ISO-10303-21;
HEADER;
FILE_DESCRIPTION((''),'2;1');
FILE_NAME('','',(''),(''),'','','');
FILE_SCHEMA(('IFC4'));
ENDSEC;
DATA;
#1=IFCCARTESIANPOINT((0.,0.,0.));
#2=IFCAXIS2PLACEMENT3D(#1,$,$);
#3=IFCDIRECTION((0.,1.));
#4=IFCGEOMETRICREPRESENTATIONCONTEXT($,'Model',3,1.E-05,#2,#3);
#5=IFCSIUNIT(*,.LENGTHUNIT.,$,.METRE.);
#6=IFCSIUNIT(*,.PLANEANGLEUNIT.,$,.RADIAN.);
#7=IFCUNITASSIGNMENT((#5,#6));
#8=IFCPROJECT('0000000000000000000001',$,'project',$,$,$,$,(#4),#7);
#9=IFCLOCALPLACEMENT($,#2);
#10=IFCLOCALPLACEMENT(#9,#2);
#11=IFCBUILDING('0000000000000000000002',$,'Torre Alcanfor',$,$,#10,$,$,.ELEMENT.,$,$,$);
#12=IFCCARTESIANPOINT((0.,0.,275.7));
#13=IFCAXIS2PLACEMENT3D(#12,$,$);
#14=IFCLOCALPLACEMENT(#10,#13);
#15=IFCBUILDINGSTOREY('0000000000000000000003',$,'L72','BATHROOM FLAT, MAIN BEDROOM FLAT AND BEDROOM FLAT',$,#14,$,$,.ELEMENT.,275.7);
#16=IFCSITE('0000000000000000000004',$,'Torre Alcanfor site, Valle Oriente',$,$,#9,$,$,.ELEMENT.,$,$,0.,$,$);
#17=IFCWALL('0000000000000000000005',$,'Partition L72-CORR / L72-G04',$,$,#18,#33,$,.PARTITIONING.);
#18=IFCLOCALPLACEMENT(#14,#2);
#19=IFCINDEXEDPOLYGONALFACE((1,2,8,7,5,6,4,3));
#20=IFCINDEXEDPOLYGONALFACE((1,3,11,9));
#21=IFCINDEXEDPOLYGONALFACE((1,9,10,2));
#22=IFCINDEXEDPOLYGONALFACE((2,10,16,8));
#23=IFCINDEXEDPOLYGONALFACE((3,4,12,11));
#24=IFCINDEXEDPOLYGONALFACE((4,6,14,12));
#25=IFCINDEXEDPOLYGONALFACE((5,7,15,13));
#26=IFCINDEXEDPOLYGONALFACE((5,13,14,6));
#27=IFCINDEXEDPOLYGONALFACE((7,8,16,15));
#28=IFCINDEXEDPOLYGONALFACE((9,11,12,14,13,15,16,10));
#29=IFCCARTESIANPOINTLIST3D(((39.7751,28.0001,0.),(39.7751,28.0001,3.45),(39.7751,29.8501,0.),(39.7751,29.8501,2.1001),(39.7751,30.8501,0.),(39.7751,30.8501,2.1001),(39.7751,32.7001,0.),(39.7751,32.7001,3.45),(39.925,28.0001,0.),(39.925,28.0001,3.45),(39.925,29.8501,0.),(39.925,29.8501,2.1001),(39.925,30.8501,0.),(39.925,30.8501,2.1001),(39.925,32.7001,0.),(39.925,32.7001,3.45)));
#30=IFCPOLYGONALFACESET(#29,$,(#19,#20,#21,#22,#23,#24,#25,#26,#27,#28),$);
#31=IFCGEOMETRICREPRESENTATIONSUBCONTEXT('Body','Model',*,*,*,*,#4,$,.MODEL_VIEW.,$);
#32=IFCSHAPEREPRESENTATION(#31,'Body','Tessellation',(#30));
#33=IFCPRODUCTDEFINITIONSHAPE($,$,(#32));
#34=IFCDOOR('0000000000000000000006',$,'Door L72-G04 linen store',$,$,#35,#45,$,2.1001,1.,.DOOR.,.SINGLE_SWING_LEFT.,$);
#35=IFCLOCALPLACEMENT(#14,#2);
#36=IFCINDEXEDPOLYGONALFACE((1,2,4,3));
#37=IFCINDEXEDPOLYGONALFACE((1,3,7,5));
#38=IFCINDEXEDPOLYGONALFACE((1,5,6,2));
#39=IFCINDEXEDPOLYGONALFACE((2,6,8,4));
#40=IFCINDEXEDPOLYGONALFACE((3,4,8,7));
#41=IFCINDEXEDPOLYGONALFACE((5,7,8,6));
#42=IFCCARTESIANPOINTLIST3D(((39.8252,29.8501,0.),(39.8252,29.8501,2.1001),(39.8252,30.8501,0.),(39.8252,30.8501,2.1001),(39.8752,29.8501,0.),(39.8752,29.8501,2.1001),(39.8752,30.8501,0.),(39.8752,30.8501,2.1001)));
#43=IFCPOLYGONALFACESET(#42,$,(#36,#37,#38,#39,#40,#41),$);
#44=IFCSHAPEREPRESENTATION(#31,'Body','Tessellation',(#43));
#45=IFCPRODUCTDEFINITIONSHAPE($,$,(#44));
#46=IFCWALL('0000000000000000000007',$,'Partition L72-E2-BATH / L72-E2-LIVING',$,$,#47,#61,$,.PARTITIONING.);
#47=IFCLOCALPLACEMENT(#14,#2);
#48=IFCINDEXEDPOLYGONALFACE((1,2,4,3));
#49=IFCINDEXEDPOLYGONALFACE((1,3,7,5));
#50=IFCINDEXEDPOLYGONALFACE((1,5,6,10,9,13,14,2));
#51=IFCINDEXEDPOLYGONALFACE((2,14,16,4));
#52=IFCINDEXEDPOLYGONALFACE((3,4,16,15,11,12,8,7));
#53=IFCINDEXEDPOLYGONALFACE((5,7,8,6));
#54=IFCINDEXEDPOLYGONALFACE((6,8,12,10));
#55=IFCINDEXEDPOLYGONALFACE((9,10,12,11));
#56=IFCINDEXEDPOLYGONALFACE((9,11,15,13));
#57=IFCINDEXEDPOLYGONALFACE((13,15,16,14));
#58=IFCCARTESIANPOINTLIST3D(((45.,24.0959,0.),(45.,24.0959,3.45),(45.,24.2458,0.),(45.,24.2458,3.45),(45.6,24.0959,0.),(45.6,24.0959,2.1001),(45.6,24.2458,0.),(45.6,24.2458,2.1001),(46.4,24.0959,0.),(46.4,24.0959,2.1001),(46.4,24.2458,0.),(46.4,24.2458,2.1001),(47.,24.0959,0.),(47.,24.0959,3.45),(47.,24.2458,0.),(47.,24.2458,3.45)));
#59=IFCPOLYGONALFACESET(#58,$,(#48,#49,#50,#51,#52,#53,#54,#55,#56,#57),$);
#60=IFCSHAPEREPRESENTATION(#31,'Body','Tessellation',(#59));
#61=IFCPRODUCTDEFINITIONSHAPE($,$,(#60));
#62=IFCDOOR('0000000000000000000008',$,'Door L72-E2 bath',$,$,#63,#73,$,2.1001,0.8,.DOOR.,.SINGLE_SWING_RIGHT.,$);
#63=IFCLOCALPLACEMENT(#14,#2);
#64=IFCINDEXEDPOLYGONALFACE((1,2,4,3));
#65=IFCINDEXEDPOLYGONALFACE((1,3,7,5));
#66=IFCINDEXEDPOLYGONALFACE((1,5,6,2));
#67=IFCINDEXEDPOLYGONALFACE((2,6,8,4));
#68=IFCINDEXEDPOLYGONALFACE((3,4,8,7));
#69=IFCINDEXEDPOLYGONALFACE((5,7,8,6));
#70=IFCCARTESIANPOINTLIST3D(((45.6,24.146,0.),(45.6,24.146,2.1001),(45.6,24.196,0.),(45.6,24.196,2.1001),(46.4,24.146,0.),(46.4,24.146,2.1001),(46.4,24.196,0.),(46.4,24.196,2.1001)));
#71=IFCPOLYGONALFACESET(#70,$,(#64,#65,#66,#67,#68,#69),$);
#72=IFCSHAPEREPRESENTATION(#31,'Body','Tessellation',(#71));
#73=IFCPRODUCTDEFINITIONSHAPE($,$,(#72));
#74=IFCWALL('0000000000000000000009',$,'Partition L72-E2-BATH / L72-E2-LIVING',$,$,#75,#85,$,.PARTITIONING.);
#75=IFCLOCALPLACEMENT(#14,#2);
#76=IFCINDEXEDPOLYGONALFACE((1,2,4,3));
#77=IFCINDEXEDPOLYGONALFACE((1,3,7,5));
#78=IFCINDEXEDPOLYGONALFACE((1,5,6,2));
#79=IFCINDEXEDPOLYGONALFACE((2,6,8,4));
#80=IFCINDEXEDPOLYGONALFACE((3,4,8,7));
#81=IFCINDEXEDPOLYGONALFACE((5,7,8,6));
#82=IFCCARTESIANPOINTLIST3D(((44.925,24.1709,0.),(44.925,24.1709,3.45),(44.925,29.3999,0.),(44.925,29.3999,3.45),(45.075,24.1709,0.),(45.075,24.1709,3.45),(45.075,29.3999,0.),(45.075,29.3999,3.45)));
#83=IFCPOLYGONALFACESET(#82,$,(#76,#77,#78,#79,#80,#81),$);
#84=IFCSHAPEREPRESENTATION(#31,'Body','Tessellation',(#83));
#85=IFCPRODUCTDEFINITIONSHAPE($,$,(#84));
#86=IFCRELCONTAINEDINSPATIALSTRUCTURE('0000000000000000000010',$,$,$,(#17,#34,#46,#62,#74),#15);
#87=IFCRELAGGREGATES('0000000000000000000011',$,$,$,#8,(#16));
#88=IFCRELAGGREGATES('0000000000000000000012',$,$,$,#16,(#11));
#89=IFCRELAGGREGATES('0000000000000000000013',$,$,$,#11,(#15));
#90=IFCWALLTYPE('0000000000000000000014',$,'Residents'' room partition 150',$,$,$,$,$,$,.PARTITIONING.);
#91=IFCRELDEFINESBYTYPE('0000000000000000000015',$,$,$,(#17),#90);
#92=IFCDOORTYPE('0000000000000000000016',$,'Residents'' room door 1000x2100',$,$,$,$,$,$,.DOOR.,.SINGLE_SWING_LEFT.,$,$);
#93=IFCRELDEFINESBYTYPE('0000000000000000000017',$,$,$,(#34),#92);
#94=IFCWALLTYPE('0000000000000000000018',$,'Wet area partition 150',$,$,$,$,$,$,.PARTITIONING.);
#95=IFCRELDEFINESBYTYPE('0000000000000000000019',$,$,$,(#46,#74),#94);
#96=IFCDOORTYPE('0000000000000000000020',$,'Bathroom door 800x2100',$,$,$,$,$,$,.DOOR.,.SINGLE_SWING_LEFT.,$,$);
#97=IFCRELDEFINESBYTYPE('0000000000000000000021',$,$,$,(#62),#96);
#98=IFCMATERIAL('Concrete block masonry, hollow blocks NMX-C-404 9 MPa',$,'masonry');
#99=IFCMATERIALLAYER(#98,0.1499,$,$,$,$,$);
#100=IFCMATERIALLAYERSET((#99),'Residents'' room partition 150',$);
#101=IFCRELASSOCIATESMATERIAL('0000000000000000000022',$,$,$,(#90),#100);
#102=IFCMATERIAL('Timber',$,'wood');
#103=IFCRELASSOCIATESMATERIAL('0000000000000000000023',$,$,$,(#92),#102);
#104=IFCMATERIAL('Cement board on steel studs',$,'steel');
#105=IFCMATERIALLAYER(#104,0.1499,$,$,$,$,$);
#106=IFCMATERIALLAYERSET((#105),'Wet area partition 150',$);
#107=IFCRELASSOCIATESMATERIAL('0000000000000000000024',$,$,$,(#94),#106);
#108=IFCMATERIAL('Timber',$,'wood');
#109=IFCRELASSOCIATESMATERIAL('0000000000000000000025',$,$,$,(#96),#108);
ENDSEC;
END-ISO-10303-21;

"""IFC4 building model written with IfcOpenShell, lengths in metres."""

from ifc_helpers import new_model, si_unit, direction, frame, frame_2d, origin, place, context, subcontext, project, spatial, rectangle, extrude, material, layer, layer_set, type_object, element, fill, save


model = new_model("IFC4")

# Units and contexts
model_context = context("Model", 3, precision=1e-05, world=origin(), true_north=direction((0.0, 1.0)))
body_context = subcontext(model_context, "Body", "Model", "MODEL_VIEW")
ifc_project = project(units=[si_unit("LENGTHUNIT", "METRE"), si_unit("PLANEANGLEUNIT", "RADIAN")], contexts=[model_context])

# Site, building, storey
site_placement = place(None, origin())
site = spatial("IfcSite", under=ifc_project, at=site_placement, Name="Torre Alcanfor site, Valle Oriente", CompositionType="ELEMENT", RefElevation=0.0)
building_placement = place(site_placement, origin())
building = spatial("IfcBuilding", under=site, at=building_placement, Name="Torre Alcanfor", CompositionType="ELEMENT")
storey_placement = place(building_placement, frame((0.0, 0.0, 275.7)))
storey = spatial("IfcBuildingStorey", under=building, at=storey_placement, Name="L72", Description="BATHROOM FLAT, MAIN BEDROOM FLAT AND BEDROOM FLAT", CompositionType="ELEMENT", Elevation=275.7)

# Shared definitions
ifc_material_1 = material(Name="Concrete block masonry, hollow blocks NMX-C-404 9 MPa", Category="masonry")
ifc_layer_1 = layer(ifc_material_1, 0.1499)
ifc_layer_set_1 = layer_set([ifc_layer_1], Name="Residents' room partition 150")
wall_type_1 = type_object("IfcWallType", Name="Residents' room partition 150", PredefinedType="PARTITIONING", material=ifc_layer_set_1)

# Walls, openings, doors
wall_1_placement = place(storey_placement, frame((39.8501, 28.0, 0.0), z_axis=(0.0, 0.0, 1.0), x_axis=(0.0, 1.0, 0.0)))
wall_1 = element("IfcWall", 1, at=wall_1_placement, inside=storey, type_object=wall_type_1, Name="Partition L72-CORR / L72-G04", PredefinedType="PARTITIONING", context=body_context, shape_type="SweptSolid", body=[
    extrude(rectangle(XDim=4.7, YDim=0.1499, at=frame_2d((2.3501, 0.0))), origin(), (0.0, 0.0, 1.0), 3.45),
])
opening_1_placement = place(wall_1_placement, frame((1.8501, 0.0, 0.0)))
opening_1 = element("IfcOpeningElement", 2, at=opening_1_placement, cuts=wall_1, PredefinedType="OPENING", context=body_context, shape_type="SweptSolid", body=[
    extrude(rectangle(XDim=1.0, YDim=2.1001, at=frame_2d((0.5, 1.05))), frame((0.0, 0.085, 0.0), z_axis=(0.0, -1.0, 0.0), x_axis=(1.0, 0.0, 0.0)), (0.0, 0.0, 1.0), 0.1699),
])
ifc_material_2 = material(Name="Timber", Category="wood")
door_type_1 = type_object("IfcDoorType", Name="Residents' room door 1000x2100", OperationType="SINGLE_SWING_LEFT", PredefinedType="DOOR", material=ifc_material_2)
door_1_placement = place(opening_1_placement, origin())
door_1 = element("IfcDoor", 3, at=door_1_placement, inside=storey, type_object=door_type_1, Name="Door L72-G04 linen store", OperationType="SINGLE_SWING_LEFT", OverallHeight=2.1001, OverallWidth=1.0, PredefinedType="DOOR", context=body_context, shape_type="SweptSolid", body=[
    extrude(rectangle(XDim=1.0, YDim=2.1001, at=frame_2d((0.5, 1.05))), frame((0.0, 0.0249, 0.0), z_axis=(0.0, -1.0, 0.0), x_axis=(1.0, 0.0, 0.0)), (0.0, 0.0, 1.0), 0.05),
])
fill(opening_1, door_1)
ifc_material_3 = material(Name="Cement board on steel studs", Category="steel")
ifc_layer_2 = layer(ifc_material_3, 0.1499)
ifc_layer_set_2 = layer_set([ifc_layer_2], Name="Wet area partition 150")
wall_type_2 = type_object("IfcWallType", Name="Wet area partition 150", PredefinedType="PARTITIONING", material=ifc_layer_set_2)
wall_2_placement = place(storey_placement, frame((47.0, 24.1709, 0.0), z_axis=(0.0, 0.0, 1.0), x_axis=(-1.0, 0.0, 0.0)))
wall_2 = element("IfcWall", 4, at=wall_2_placement, inside=storey, type_object=wall_type_2, Name="Partition L72-E2-BATH / L72-E2-LIVING", PredefinedType="PARTITIONING", context=body_context, shape_type="SweptSolid", body=[
    extrude(rectangle(XDim=2.0, YDim=0.1499, at=frame_2d((1.0, 0.0))), origin(), (0.0, 0.0, 1.0), 3.45),
])
opening_2_placement = place(wall_2_placement, frame((0.6001, 0.0, 0.0)))
opening_2 = element("IfcOpeningElement", 5, at=opening_2_placement, cuts=wall_2, PredefinedType="OPENING", context=body_context, shape_type="SweptSolid", body=[
    extrude(rectangle(XDim=0.8, YDim=2.1001, at=frame_2d((0.3999, 1.05))), frame((0.0, 0.085, 0.0), z_axis=(0.0, -1.0, 0.0), x_axis=(1.0, 0.0, 0.0)), (0.0, 0.0, 1.0), 0.1699),
])
ifc_material_4 = material(Name="Timber", Category="wood")
door_type_2 = type_object("IfcDoorType", Name="Bathroom door 800x2100", OperationType="SINGLE_SWING_LEFT", PredefinedType="DOOR", material=ifc_material_4)
door_2_placement = place(opening_2_placement, frame((0.8, 0.0, 0.0), z_axis=(0.0, 0.0, 1.0), x_axis=(-1.0, 0.0, 0.0)))
door_2 = element("IfcDoor", 6, at=door_2_placement, inside=storey, type_object=door_type_2, Name="Door L72-E2 bath", OperationType="SINGLE_SWING_RIGHT", OverallHeight=2.1001, OverallWidth=0.8, PredefinedType="DOOR", context=body_context, shape_type="SweptSolid", body=[
    extrude(rectangle(XDim=0.8, YDim=2.1001, at=frame_2d((0.4001, 1.05))), frame((0.0, 0.0251, 0.0), z_axis=(0.0, -1.0, 0.0), x_axis=(1.0, 0.0, 0.0)), (0.0, 0.0, 1.0), 0.05),
])
fill(opening_2, door_2)

# Wall
wall_3_placement = place(storey_placement, frame((45.0, 24.1709, 0.0), z_axis=(0.0, 0.0, 1.0), x_axis=(0.0, 1.0, 0.0)))
element("IfcWall", 7, at=wall_3_placement, inside=storey, type_object=wall_type_2, Name="Partition L72-E2-BATH / L72-E2-LIVING", PredefinedType="PARTITIONING", context=body_context, shape_type="SweptSolid", body=[
    extrude(rectangle(XDim=5.229, YDim=0.1499, at=frame_2d((2.6145, 0.0))), origin(), (0.0, 0.0, 1.0), 3.45),
])

save(model, "model.ifc")
